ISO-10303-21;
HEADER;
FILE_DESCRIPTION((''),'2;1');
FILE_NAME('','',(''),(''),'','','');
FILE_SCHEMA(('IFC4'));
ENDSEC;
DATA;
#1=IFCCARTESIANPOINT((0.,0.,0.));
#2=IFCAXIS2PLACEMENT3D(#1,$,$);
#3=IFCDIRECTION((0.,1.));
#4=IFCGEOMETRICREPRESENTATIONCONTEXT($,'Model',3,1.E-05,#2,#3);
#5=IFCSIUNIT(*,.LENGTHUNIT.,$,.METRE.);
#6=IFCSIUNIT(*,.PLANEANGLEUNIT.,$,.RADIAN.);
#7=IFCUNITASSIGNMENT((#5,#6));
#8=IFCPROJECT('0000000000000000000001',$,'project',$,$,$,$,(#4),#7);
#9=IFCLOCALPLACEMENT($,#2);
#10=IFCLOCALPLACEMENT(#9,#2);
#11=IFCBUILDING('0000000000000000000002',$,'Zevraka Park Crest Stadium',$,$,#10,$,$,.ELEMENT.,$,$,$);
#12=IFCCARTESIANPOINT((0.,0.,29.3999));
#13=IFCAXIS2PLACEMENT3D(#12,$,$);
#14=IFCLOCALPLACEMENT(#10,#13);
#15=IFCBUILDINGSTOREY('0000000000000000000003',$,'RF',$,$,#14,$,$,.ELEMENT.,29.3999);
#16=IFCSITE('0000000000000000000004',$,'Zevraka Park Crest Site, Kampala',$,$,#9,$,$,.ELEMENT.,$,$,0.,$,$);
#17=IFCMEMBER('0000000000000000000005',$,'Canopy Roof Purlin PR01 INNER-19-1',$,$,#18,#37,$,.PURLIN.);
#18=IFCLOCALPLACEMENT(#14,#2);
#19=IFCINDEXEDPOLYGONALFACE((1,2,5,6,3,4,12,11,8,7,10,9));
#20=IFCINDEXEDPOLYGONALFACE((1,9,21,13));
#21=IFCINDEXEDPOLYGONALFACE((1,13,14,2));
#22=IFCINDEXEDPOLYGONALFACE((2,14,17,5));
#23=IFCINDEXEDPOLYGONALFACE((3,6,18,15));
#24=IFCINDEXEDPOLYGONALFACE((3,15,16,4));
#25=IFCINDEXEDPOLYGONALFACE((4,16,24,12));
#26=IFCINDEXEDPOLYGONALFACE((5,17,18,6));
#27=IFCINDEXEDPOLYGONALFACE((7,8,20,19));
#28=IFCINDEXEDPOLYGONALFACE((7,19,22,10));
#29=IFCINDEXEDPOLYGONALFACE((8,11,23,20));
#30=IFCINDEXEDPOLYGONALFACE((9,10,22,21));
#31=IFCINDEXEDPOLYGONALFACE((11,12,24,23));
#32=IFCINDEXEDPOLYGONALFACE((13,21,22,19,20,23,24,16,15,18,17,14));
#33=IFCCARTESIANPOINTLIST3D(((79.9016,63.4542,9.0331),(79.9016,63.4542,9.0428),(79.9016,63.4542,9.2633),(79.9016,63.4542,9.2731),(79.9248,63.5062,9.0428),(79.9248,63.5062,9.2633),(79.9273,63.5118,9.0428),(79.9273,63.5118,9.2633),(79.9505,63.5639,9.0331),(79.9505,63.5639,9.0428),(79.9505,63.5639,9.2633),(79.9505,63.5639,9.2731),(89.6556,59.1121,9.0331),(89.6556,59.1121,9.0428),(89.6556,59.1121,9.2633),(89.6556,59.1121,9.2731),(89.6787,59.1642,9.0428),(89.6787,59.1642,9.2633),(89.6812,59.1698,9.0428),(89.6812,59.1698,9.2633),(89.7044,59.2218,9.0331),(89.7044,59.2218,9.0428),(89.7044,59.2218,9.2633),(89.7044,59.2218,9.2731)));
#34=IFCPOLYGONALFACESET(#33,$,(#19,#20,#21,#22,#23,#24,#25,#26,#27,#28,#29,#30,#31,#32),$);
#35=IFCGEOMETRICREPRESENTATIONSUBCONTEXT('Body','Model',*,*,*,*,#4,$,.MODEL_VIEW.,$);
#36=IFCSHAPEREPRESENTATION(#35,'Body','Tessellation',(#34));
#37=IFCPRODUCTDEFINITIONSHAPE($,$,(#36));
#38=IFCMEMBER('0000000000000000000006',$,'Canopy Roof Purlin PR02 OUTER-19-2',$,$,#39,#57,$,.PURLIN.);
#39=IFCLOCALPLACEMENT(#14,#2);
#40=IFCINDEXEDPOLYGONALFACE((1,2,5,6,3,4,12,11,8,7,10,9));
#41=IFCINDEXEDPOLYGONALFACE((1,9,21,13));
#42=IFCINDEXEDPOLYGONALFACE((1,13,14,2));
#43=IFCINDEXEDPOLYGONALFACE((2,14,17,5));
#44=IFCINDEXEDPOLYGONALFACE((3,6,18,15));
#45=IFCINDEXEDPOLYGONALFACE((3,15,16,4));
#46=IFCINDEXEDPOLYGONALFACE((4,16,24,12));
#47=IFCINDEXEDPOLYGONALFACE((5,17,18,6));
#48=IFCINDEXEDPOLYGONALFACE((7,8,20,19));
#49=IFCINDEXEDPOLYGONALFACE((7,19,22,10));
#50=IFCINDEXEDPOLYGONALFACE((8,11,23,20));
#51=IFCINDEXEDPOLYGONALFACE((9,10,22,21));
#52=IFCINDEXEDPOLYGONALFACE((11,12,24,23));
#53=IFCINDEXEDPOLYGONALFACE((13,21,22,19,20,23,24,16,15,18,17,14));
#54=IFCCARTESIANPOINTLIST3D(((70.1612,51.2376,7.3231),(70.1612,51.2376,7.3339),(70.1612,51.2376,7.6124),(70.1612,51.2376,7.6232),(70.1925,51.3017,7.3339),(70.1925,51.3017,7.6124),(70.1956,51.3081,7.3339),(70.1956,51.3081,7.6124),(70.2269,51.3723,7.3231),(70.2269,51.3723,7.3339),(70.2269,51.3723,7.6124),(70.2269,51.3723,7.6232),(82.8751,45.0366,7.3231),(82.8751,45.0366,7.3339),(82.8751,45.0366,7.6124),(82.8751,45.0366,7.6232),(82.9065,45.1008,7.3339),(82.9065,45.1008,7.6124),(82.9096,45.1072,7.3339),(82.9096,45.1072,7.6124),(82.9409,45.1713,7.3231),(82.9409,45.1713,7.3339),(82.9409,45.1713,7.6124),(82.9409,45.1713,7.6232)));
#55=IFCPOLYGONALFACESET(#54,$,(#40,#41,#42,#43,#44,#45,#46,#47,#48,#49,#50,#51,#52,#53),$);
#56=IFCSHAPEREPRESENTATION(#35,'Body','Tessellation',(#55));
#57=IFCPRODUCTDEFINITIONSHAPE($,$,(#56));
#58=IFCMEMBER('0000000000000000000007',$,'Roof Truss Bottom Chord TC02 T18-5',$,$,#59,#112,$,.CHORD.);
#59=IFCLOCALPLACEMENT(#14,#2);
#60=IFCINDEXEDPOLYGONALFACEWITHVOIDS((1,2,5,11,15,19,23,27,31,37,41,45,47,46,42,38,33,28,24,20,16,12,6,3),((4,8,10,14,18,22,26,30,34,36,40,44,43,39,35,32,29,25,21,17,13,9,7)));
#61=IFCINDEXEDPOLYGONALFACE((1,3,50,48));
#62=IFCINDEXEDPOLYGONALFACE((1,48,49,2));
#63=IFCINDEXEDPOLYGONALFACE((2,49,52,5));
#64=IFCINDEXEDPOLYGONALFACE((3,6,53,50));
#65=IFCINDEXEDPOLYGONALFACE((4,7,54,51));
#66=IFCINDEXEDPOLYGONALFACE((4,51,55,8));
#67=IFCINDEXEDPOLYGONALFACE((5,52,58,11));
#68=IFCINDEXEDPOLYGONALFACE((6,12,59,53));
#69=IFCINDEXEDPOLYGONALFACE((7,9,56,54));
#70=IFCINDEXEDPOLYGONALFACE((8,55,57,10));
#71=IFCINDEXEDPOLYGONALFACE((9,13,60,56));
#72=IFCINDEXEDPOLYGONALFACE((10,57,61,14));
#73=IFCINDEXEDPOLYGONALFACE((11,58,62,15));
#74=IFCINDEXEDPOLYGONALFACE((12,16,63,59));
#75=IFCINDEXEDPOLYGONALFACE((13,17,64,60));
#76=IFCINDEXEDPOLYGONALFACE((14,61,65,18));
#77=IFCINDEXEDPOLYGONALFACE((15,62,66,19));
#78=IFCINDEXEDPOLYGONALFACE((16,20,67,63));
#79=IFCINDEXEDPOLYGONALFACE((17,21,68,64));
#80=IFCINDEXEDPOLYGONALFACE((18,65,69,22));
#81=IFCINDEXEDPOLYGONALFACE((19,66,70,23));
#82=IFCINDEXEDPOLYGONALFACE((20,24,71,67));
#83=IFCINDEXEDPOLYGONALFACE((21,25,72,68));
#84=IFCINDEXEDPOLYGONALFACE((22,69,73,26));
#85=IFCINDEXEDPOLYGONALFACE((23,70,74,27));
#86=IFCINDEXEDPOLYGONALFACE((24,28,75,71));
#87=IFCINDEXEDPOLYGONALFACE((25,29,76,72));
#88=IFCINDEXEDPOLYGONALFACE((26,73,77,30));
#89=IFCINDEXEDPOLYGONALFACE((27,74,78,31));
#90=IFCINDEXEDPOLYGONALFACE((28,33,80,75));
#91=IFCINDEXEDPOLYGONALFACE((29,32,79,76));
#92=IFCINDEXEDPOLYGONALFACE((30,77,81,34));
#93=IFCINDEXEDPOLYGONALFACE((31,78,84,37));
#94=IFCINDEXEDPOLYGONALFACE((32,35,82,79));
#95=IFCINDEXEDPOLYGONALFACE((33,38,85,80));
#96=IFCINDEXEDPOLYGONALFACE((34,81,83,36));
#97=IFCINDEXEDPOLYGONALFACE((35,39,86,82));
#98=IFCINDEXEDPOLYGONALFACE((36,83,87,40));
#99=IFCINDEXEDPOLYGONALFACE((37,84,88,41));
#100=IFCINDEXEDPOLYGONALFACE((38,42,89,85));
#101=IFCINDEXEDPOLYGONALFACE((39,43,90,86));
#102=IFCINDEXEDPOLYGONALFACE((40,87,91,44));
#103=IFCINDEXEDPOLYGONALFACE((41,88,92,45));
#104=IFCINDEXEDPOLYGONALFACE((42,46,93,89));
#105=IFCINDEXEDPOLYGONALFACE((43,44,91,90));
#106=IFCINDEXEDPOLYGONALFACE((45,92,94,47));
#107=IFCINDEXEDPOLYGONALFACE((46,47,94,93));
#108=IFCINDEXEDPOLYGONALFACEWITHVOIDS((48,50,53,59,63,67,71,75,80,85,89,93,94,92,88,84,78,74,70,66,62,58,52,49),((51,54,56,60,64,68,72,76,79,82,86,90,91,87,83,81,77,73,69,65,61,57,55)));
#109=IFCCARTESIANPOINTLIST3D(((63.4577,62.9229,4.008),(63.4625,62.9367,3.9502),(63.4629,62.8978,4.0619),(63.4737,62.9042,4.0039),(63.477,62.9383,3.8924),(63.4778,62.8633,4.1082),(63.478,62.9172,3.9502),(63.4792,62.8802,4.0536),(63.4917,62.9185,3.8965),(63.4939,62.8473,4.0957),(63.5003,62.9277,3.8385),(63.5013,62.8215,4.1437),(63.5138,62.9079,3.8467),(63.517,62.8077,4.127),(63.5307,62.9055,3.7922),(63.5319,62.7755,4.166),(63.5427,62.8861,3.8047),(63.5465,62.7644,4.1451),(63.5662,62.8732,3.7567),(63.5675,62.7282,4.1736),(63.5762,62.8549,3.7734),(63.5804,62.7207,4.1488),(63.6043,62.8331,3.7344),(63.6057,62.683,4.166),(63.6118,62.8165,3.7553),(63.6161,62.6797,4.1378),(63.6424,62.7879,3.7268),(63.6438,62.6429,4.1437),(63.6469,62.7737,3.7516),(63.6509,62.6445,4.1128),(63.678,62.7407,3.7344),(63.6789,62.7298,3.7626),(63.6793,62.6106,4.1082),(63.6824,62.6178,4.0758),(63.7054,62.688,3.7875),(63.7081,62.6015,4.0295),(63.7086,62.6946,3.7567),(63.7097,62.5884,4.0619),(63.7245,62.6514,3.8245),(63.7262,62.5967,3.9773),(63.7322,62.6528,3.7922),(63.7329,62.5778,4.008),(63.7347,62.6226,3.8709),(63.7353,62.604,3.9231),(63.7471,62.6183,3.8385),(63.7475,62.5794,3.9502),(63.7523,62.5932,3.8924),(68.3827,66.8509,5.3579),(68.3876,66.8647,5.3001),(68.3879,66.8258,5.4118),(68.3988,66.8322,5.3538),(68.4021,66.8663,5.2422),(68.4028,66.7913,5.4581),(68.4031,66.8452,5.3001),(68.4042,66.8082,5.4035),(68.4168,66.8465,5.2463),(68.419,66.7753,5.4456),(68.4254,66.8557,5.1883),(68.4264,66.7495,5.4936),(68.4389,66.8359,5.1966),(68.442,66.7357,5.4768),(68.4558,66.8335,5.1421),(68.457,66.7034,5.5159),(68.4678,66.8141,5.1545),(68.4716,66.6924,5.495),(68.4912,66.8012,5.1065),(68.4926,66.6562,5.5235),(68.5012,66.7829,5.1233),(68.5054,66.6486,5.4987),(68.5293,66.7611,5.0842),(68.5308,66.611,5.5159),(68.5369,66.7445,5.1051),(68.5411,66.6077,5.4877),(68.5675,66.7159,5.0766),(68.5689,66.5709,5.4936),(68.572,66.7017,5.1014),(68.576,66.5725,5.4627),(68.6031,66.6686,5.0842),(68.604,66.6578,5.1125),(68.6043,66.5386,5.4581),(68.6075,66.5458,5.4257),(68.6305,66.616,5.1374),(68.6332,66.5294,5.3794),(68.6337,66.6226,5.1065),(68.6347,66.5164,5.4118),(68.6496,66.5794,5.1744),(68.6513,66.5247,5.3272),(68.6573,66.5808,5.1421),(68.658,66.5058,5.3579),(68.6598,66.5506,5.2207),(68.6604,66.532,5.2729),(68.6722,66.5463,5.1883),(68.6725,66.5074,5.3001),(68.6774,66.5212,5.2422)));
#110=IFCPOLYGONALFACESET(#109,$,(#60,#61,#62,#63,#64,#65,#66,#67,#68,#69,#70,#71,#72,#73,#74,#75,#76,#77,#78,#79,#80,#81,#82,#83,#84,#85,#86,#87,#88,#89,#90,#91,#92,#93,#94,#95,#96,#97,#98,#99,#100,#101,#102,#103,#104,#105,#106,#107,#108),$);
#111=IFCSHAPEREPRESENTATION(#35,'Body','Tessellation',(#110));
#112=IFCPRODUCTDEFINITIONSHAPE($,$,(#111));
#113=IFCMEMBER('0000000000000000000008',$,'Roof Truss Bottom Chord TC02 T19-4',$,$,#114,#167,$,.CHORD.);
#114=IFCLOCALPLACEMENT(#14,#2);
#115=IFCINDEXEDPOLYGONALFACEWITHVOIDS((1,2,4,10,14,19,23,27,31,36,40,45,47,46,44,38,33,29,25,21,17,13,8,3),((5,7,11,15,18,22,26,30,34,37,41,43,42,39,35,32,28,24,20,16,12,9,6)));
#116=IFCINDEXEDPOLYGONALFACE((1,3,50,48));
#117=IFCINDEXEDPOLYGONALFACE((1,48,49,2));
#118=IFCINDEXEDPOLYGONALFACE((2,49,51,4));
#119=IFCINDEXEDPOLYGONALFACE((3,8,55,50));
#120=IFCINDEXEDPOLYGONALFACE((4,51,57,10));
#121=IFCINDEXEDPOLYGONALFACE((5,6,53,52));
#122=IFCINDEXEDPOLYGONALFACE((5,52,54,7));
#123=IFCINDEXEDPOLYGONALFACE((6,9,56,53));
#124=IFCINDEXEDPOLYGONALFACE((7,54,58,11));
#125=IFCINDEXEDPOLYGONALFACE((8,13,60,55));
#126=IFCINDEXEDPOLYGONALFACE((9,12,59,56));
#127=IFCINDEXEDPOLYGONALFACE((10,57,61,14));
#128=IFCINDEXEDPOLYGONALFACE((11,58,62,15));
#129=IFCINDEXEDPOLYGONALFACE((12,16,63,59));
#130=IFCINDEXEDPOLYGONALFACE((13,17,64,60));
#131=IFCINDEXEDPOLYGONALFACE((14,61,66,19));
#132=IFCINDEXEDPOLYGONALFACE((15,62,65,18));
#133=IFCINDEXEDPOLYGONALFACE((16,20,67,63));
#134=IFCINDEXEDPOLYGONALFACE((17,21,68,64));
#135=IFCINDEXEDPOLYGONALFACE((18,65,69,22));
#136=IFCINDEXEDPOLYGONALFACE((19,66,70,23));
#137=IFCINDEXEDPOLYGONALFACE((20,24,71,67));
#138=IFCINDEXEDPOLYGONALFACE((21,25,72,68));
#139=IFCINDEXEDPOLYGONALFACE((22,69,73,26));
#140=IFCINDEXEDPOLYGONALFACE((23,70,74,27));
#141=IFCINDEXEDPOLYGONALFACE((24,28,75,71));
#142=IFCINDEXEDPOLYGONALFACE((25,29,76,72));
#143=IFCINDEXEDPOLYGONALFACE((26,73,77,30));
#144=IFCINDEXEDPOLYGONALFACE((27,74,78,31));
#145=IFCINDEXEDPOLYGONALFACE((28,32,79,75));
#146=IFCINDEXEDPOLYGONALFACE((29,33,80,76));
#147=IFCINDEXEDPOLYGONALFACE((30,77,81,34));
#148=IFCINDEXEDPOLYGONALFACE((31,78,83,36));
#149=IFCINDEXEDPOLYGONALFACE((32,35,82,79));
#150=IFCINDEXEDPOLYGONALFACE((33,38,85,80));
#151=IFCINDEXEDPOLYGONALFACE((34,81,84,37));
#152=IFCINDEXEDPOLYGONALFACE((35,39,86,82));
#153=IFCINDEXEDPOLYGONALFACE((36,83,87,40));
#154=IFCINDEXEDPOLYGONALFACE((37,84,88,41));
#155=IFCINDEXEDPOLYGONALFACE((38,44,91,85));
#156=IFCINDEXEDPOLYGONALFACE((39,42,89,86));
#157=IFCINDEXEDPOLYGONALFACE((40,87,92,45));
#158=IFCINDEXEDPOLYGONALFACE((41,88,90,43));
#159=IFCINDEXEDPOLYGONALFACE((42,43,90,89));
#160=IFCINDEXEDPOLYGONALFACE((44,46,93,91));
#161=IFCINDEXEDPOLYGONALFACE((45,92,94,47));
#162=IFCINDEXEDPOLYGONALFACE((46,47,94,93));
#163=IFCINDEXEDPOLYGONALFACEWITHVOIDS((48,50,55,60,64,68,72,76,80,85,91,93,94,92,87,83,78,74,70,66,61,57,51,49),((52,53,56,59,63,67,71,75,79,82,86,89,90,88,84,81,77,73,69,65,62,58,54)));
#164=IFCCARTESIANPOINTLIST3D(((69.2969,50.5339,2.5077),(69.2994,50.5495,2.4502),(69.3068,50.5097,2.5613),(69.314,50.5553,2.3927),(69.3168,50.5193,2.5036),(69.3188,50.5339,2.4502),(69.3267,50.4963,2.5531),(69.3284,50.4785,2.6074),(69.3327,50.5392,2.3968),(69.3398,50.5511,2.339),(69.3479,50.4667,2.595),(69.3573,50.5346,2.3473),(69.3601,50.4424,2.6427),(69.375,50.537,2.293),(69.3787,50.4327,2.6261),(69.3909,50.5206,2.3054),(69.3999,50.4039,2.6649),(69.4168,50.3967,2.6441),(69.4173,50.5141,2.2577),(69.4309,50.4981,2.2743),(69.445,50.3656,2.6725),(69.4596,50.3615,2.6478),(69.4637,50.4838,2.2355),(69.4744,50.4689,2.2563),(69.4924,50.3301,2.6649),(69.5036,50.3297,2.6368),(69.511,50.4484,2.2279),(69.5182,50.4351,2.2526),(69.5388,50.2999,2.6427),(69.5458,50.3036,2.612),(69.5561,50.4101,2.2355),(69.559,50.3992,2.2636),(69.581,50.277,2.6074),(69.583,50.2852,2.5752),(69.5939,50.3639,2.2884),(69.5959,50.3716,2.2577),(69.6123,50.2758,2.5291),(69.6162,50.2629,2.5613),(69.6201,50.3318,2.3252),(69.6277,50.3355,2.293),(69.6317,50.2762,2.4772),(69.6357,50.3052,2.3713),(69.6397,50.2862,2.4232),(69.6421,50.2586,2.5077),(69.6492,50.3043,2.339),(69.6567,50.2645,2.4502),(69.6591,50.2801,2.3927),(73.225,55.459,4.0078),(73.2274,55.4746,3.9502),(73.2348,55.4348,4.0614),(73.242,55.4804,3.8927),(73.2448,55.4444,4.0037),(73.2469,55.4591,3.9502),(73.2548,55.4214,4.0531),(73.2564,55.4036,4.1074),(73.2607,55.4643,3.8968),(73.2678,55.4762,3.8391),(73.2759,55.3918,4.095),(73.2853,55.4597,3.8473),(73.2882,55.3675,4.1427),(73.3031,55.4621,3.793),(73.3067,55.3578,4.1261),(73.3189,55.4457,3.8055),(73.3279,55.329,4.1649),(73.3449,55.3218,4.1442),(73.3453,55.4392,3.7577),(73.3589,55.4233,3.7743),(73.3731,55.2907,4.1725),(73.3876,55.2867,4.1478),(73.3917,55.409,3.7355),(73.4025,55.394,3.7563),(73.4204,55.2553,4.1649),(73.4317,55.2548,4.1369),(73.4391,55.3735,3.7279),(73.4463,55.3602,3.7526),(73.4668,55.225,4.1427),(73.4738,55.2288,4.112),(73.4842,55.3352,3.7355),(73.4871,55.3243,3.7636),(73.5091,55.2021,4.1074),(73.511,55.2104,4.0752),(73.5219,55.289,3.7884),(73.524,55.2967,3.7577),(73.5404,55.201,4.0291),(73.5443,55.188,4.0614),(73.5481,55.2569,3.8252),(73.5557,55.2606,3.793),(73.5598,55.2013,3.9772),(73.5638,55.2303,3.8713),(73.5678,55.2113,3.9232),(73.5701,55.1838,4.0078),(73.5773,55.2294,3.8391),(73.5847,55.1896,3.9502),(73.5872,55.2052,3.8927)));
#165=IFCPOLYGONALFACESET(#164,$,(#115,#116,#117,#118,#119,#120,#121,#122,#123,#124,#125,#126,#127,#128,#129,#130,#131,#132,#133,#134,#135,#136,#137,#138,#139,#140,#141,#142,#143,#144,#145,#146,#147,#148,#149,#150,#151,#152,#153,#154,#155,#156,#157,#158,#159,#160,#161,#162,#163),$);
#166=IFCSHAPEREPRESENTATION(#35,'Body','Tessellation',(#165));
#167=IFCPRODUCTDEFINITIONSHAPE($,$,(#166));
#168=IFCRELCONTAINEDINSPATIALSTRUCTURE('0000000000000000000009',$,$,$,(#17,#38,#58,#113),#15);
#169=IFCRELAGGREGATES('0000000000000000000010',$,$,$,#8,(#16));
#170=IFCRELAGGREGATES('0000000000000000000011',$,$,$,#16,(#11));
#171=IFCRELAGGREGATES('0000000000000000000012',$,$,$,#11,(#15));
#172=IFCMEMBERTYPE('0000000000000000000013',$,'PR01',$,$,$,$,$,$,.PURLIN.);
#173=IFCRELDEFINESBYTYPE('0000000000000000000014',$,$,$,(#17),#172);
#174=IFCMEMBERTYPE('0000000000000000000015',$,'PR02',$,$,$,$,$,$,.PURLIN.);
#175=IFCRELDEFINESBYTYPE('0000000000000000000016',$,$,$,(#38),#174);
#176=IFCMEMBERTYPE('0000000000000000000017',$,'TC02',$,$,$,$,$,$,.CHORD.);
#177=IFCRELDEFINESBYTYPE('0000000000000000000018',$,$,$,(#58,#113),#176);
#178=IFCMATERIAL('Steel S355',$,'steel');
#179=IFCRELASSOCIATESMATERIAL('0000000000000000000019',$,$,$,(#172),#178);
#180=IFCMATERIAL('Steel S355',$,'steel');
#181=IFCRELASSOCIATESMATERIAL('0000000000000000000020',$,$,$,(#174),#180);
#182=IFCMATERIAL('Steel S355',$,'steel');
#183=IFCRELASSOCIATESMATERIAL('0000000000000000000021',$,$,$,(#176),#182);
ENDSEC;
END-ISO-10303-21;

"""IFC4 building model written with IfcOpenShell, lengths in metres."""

from ifc_helpers import new_model, si_unit, direction, frame, origin, origin_2d, place, context, subcontext, project, spatial, hollow_circle, i_section, extrude, material, material_profile, profile_set, type_object, element, save


model = new_model("IFC4")

# Units and contexts
model_context = context("Model", 3, precision=1e-05, world=origin(), true_north=direction((0.0, 1.0)))
body_context = subcontext(model_context, "Body", "Model", "MODEL_VIEW")
ifc_project = project(units=[si_unit("LENGTHUNIT", "METRE"), si_unit("PLANEANGLEUNIT", "RADIAN")], contexts=[model_context])

# Site, building, storey
site_placement = place(None, origin())
site = spatial("IfcSite", under=ifc_project, at=site_placement, Name="Zevraka Park Crest Site, Kampala", CompositionType="ELEMENT", RefElevation=0.0)
building_placement = place(site_placement, origin())
building = spatial("IfcBuilding", under=site, at=building_placement, Name="Zevraka Park Crest Stadium", CompositionType="ELEMENT")
storey_placement = place(building_placement, frame((0.0, 0.0, 29.3999)))
storey = spatial("IfcBuildingStorey", under=building, at=storey_placement, Name="RF", CompositionType="ELEMENT", Elevation=29.3999)

# Members
ifc_material_1 = material(Name="Steel S355", Category="steel")
ifc_material_profile_1 = material_profile(ifc_material_1, i_section(OverallWidth=0.1201, OverallDepth=0.24, WebThickness=0.0061, FlangeThickness=0.0098, at=origin_2d()), Name="IPE 240")
ifc_profile_set_1 = profile_set([ifc_material_profile_1], Name="Steel S355")
member_type_1 = type_object("IfcMemberType", Name="PR01", PredefinedType="PURLIN", material=ifc_profile_set_1)
member_1_placement = place(storey_placement, frame((79.926, 63.509, 9.1531), z_axis=(0.913569, -0.406684, 0.0), x_axis=(0.406684, 0.913569, 0.0)))
element("IfcMember", 1, at=member_1_placement, inside=storey, type_object=member_type_1, Name="Canopy Roof Purlin PR01 INNER-19-1", PredefinedType="PURLIN", context=body_context, shape_type="SweptSolid", body=[
    extrude(i_section(OverallWidth=0.1201, OverallDepth=0.24, WebThickness=0.0061, FlangeThickness=0.0098, at=origin_2d()), origin(), (0.0, 0.0, 1.0), 10.6768),
])
ifc_material_2 = material(Name="Steel S355", Category="steel")
ifc_material_profile_2 = material_profile(ifc_material_2, i_section(OverallWidth=0.1499, OverallDepth=0.3, WebThickness=0.0071, FlangeThickness=0.0107, at=origin_2d()), Name="IPE 300")
ifc_profile_set_2 = profile_set([ifc_material_profile_2], Name="Steel S355")
member_type_2 = type_object("IfcMemberType", Name="PR02", PredefinedType="PURLIN", material=ifc_profile_set_2)
member_2_placement = place(storey_placement, frame((70.1941, 51.3049, 7.4731), z_axis=(0.898795, -0.438369, 0.0), x_axis=(0.438369, 0.898795, 0.0)))
element("IfcMember", 2, at=member_2_placement, inside=storey, type_object=member_type_2, Name="Canopy Roof Purlin PR02 OUTER-19-2", PredefinedType="PURLIN", context=body_context, shape_type="SweptSolid", body=[
    extrude(i_section(OverallWidth=0.1499, OverallDepth=0.3, WebThickness=0.0071, FlangeThickness=0.0107, at=origin_2d()), origin(), (0.0, 0.0, 1.0), 14.1455),
])
ifc_material_3 = material(Name="Steel S355", Category="steel")
ifc_material_profile_3 = material_profile(ifc_material_3, hollow_circle(Radius=0.2285, WallThickness=0.0249, at=origin_2d()), Name="CHS 457.0x25")
ifc_profile_set_3 = profile_set([ifc_material_profile_3], Name="Steel S355")
member_type_3 = type_object("IfcMemberType", Name="TC02", PredefinedType="CHORD", material=ifc_profile_set_3)
member_3_placement = place(storey_placement, frame((63.605, 62.7581, 3.9502), z_axis=(0.764449, 0.609687, 0.20952), x_axis=(-0.623527, 0.781802, 0.0)))
element("IfcMember", 3, at=member_3_placement, inside=storey, type_object=member_type_3, Name="Roof Truss Bottom Chord TC02 T18-5", PredefinedType="CHORD", context=body_context, shape_type="SweptSolid", body=[
    extrude(hollow_circle(Radius=0.2285, WallThickness=0.0249, at=origin_2d()), origin(), (0.0, 0.0, 1.0), 6.4426),
])
member_4_placement = place(storey_placement, frame((69.478, 50.407, 2.4502), z_axis=(0.606569, 0.760539, 0.231634), x_axis=(-0.781802, 0.623527, 0.0)))
element("IfcMember", 4, at=member_4_placement, inside=storey, type_object=member_type_3, Name="Roof Truss Bottom Chord TC02 T19-4", PredefinedType="CHORD", context=body_context, shape_type="SweptSolid", body=[
    extrude(hollow_circle(Radius=0.2285, WallThickness=0.0249, at=origin_2d()), origin(), (0.0, 0.0, 1.0), 6.4758),
])

save(model, "model.ifc")
